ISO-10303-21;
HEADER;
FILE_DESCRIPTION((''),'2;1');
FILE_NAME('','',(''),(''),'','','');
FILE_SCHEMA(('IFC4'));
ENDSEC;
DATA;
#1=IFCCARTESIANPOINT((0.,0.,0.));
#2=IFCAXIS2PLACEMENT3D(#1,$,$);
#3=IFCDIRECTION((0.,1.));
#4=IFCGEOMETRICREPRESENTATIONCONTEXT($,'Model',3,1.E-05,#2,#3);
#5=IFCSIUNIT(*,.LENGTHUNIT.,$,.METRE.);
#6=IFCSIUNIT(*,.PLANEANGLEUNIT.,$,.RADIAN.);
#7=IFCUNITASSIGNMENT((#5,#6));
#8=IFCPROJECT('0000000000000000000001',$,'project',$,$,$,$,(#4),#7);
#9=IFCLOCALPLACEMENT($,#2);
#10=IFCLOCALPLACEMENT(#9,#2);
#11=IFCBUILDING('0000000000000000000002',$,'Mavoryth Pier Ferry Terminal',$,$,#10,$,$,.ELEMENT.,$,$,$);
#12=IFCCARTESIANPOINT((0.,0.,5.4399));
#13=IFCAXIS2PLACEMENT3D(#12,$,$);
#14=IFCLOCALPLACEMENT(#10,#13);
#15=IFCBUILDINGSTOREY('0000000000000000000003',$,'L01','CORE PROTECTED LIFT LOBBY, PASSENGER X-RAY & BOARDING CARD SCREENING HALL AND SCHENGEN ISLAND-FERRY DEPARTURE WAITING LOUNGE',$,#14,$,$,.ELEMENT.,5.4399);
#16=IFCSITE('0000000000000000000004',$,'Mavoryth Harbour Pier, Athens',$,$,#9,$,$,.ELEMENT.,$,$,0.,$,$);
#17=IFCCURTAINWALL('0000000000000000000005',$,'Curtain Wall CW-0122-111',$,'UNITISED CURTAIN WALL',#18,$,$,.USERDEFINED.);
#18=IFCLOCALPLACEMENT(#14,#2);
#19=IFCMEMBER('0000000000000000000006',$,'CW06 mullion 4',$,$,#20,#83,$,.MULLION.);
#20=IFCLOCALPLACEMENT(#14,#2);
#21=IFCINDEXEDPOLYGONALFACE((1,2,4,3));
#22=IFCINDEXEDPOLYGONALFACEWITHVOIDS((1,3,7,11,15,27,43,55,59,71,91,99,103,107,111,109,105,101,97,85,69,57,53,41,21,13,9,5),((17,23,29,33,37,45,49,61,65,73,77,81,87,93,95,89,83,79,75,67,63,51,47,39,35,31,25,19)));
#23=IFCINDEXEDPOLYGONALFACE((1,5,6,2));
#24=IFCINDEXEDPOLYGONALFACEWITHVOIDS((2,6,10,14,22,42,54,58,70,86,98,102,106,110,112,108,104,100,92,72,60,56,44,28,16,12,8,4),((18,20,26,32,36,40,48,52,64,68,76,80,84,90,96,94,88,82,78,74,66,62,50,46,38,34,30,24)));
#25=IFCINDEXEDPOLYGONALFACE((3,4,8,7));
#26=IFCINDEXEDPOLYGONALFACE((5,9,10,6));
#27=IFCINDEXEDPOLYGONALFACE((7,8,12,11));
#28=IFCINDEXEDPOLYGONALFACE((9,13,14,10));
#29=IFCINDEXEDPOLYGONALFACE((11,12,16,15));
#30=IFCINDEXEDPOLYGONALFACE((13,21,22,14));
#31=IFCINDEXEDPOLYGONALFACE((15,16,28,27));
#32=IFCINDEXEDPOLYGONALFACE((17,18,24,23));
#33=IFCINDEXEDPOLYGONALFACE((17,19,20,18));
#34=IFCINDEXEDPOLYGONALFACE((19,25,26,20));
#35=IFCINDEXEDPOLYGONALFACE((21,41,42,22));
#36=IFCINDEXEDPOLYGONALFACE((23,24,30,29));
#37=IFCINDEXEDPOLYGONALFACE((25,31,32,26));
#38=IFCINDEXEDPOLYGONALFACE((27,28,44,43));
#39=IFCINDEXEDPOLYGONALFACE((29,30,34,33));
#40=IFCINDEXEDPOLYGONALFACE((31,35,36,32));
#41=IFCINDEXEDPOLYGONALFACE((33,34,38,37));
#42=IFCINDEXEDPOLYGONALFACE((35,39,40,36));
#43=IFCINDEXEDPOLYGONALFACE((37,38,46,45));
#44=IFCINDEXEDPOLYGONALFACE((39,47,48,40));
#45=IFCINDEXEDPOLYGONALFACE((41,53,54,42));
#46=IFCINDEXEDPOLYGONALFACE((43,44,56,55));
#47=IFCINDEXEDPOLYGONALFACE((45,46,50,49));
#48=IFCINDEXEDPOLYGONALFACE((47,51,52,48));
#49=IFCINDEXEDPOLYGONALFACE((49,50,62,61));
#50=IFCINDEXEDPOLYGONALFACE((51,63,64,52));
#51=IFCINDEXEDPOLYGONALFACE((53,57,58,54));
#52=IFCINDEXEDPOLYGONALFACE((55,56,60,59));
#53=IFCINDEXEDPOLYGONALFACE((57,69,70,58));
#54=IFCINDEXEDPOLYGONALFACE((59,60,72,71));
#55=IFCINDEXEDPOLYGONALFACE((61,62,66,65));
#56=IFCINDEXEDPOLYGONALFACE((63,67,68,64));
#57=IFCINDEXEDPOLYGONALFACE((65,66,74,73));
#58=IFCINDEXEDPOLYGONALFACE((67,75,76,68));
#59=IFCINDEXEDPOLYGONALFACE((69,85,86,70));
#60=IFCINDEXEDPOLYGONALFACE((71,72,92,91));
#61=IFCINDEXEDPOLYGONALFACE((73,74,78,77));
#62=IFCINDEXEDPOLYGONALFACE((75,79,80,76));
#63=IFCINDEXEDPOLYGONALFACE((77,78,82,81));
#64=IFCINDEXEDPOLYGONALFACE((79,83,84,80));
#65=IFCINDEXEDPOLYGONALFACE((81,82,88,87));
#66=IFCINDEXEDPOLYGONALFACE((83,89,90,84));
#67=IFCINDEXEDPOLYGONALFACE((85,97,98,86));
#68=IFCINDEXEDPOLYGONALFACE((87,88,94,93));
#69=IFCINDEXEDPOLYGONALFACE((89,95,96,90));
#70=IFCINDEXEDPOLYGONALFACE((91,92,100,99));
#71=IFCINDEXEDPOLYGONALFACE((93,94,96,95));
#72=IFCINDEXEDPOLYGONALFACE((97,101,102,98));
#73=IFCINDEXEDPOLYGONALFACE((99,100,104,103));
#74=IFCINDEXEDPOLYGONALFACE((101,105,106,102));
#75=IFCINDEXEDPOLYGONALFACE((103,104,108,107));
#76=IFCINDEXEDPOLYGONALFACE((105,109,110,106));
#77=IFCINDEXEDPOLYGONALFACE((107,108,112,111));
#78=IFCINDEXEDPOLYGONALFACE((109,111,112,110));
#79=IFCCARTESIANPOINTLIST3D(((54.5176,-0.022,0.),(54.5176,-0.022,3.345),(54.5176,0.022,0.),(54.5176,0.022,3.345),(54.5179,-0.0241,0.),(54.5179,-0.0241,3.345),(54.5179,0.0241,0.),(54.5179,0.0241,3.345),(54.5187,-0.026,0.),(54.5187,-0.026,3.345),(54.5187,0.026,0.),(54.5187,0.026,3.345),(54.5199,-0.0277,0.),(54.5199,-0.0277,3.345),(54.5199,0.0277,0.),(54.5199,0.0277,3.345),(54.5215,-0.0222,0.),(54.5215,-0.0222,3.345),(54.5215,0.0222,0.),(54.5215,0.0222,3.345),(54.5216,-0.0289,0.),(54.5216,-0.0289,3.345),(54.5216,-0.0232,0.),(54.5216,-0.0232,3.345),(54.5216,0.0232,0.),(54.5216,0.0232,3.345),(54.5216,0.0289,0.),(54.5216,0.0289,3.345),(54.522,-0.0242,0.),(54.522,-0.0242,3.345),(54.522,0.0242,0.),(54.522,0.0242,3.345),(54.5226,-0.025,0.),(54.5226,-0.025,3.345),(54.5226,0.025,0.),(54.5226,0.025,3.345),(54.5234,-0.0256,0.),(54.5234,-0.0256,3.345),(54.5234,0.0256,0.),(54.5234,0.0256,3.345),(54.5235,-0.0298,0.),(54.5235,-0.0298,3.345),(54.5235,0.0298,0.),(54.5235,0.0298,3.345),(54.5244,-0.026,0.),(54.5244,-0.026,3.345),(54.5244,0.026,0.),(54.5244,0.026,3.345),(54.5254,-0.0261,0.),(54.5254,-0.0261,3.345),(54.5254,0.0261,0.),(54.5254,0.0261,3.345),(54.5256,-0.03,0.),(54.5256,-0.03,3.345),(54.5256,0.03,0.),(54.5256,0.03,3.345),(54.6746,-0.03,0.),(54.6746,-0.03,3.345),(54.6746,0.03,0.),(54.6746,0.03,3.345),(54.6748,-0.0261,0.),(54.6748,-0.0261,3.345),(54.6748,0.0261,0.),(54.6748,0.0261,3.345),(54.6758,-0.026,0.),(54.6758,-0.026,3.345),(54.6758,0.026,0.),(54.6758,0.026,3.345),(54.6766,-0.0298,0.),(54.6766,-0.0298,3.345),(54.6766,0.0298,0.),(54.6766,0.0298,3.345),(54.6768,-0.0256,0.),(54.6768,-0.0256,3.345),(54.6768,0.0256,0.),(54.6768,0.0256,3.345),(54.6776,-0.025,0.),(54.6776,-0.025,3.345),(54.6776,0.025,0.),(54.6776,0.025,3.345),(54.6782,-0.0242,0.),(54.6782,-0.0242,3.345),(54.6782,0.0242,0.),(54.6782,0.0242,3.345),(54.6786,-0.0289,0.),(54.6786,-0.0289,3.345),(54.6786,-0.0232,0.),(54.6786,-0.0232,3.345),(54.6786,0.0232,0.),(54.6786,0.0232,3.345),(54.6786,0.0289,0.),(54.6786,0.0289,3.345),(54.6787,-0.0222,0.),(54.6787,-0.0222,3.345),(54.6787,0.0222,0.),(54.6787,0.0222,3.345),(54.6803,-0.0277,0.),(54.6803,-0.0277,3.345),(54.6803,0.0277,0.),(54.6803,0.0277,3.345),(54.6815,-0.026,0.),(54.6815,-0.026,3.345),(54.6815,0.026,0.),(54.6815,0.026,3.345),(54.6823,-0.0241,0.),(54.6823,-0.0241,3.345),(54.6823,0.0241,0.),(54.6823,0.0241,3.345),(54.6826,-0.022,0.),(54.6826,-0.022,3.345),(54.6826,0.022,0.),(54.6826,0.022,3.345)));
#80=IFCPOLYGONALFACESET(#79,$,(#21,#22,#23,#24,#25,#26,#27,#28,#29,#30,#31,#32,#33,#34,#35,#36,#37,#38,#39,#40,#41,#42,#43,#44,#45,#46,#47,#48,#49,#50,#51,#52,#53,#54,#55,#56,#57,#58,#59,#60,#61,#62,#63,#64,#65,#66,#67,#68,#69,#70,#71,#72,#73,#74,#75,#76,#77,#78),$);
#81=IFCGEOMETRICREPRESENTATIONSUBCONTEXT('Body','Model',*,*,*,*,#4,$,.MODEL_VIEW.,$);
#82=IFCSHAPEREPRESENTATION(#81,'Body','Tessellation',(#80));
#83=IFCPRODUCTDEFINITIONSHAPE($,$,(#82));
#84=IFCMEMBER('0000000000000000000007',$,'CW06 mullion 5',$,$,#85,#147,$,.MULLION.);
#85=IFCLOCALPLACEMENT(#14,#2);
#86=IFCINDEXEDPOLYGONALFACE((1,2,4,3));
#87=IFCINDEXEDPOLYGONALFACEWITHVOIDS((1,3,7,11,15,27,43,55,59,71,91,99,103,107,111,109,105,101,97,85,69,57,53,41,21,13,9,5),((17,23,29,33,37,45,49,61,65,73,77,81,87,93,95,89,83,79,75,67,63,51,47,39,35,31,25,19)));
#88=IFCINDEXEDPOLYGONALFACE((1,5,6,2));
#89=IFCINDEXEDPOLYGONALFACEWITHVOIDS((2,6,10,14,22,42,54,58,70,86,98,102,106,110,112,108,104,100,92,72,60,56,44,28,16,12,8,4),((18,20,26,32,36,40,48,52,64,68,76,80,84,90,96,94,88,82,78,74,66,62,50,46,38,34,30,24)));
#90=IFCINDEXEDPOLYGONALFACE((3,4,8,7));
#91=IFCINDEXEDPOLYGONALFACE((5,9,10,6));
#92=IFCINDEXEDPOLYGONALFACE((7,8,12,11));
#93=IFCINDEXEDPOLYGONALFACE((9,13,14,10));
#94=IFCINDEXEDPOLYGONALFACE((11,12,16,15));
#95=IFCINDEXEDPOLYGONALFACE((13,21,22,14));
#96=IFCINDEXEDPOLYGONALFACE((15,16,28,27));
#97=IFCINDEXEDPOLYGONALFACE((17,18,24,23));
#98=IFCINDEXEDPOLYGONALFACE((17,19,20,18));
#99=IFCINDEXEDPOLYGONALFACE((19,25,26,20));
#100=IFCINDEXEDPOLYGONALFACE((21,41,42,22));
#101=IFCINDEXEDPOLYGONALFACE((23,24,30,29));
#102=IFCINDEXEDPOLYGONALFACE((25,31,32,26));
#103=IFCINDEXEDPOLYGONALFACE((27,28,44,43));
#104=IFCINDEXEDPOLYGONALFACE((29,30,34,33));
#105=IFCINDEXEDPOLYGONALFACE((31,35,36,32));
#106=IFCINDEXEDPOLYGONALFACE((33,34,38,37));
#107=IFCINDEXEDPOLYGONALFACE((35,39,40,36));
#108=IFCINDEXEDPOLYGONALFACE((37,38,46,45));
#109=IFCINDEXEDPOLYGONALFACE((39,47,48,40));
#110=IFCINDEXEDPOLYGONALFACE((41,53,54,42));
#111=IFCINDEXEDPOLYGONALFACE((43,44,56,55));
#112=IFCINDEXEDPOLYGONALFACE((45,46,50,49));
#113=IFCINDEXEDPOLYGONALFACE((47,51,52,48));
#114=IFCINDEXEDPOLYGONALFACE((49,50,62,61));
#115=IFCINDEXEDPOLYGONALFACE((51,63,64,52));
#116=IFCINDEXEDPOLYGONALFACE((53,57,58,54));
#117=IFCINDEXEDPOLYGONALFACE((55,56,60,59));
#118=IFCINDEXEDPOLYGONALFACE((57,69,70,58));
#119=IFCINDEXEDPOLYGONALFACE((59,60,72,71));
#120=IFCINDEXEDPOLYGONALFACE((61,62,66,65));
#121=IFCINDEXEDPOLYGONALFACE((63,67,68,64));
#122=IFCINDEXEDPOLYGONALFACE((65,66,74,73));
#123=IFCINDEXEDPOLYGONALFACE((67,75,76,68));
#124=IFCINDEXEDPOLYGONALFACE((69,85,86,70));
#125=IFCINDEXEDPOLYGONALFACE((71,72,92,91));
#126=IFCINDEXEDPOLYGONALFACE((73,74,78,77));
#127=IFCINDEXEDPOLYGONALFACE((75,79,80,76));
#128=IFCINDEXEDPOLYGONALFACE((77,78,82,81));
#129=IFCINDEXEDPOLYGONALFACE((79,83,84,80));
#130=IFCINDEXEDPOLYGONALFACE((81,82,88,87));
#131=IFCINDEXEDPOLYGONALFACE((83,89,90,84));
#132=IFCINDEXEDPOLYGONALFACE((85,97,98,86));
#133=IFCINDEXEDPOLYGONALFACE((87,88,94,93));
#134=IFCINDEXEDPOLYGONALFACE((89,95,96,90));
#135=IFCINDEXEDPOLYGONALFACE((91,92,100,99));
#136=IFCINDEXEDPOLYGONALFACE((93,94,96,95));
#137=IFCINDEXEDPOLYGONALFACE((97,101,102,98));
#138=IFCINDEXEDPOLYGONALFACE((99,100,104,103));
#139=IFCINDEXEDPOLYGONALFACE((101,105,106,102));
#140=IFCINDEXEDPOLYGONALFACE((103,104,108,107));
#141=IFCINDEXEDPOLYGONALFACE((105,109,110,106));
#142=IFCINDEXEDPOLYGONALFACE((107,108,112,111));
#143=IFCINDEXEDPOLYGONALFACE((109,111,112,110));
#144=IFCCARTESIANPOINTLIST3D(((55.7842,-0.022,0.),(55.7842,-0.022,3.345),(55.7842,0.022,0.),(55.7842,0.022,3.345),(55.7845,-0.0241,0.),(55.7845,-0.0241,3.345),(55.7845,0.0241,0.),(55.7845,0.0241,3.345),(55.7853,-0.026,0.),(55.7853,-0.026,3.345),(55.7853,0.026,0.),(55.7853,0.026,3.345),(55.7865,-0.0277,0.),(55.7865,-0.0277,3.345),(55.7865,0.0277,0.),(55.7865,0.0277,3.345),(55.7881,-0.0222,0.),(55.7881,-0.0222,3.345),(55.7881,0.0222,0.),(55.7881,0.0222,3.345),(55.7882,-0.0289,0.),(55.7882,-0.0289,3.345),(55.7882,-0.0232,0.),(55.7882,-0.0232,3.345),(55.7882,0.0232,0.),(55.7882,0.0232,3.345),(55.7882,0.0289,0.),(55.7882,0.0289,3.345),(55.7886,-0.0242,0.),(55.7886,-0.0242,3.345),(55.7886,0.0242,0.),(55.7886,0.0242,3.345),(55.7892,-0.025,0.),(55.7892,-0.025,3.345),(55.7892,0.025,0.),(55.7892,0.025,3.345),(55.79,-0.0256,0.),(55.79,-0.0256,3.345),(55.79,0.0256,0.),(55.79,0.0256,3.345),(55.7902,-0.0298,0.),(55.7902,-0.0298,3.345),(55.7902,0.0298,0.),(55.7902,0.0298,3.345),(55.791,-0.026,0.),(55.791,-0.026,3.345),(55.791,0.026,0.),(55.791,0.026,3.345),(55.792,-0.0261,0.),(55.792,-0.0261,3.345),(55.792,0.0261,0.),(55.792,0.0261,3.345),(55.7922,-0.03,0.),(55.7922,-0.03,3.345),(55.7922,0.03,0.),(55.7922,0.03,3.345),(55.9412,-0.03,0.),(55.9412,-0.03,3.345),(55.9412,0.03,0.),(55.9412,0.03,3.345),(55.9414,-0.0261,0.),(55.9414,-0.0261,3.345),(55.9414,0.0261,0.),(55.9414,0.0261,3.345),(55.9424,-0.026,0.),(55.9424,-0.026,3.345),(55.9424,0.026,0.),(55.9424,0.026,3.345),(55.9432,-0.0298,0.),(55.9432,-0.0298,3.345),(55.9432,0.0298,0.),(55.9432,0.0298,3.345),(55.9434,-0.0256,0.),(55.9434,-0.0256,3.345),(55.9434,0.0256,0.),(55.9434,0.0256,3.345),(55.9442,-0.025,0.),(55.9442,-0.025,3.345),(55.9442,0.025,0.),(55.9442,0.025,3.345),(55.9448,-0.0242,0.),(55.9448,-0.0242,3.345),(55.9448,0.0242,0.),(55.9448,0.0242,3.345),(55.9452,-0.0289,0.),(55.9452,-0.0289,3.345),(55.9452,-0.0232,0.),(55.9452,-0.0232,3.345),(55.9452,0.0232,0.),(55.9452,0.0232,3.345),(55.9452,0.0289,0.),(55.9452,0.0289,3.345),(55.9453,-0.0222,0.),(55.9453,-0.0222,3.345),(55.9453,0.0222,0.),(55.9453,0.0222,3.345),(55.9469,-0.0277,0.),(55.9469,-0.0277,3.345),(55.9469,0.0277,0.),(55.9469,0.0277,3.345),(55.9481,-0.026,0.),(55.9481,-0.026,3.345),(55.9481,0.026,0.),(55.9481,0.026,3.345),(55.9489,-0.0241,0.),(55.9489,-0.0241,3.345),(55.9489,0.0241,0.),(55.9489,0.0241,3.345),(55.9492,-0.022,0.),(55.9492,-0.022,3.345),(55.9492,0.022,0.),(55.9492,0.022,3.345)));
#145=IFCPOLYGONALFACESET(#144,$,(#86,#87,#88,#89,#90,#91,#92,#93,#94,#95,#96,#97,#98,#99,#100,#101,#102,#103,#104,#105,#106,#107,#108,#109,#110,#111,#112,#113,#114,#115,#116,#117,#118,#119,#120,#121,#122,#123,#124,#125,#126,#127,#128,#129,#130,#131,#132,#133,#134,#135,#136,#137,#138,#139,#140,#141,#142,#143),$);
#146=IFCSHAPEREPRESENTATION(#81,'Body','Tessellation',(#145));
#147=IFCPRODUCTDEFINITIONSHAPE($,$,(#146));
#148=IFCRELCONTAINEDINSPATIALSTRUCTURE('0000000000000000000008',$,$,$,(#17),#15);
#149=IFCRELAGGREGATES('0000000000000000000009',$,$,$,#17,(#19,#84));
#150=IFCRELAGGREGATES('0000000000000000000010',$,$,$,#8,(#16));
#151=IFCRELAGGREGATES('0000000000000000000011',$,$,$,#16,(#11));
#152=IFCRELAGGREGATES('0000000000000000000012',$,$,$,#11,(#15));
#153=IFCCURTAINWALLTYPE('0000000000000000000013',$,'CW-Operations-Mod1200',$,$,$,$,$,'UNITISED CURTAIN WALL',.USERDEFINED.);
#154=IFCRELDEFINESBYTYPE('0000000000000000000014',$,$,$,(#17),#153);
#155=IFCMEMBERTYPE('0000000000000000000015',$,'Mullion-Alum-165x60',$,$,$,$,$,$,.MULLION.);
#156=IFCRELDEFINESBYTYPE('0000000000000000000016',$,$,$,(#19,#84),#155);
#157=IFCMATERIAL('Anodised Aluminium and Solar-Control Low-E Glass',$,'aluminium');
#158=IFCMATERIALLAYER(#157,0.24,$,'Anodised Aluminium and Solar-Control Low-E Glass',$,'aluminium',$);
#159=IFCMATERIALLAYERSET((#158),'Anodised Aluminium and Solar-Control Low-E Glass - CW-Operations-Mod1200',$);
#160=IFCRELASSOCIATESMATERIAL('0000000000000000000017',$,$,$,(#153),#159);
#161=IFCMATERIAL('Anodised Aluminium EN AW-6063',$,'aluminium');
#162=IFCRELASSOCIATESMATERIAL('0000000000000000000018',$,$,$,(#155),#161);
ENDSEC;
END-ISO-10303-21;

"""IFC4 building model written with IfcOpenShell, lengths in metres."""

from ifc_helpers import new_model, si_unit, direction, frame, origin, origin_2d, place, context, subcontext, project, spatial, hollow_rectangle, extrude, material, layer, layer_set, material_profile, profile_set, type_object, element, aggregate, save


model = new_model("IFC4")

# Units and contexts
model_context = context("Model", 3, precision=1e-05, world=origin(), true_north=direction((0.0, 1.0)))
body_context = subcontext(model_context, "Body", "Model", "MODEL_VIEW")
ifc_project = project(units=[si_unit("LENGTHUNIT", "METRE"), si_unit("PLANEANGLEUNIT", "RADIAN")], contexts=[model_context])

# Site, building, storey
site_placement = place(None, origin())
site = spatial("IfcSite", under=ifc_project, at=site_placement, Name="Mavoryth Harbour Pier, Athens", CompositionType="ELEMENT", RefElevation=0.0)
building_placement = place(site_placement, origin())
building = spatial("IfcBuilding", under=site, at=building_placement, Name="Mavoryth Pier Ferry Terminal", CompositionType="ELEMENT")
storey_placement = place(building_placement, frame((0.0, 0.0, 5.4399)))
storey = spatial("IfcBuildingStorey", under=building, at=storey_placement, Name="L01", Description="CORE PROTECTED LIFT LOBBY, PASSENGER X-RAY & BOARDING CARD SCREENING HALL AND SCHENGEN ISLAND-FERRY DEPARTURE WAITING LOUNGE", CompositionType="ELEMENT", Elevation=5.4399)

# Curtain wall, members
ifc_material_1 = material(Name="Anodised Aluminium and Solar-Control Low-E Glass", Category="aluminium")
ifc_layer_1 = layer(ifc_material_1, 0.24, Name="Anodised Aluminium and Solar-Control Low-E Glass", Category="aluminium")
ifc_layer_set_1 = layer_set([ifc_layer_1], Name="Anodised Aluminium and Solar-Control Low-E Glass - CW-Operations-Mod1200")
curtain_wall_type = type_object("IfcCurtainWallType", Name="CW-Operations-Mod1200", ElementType="UNITISED CURTAIN WALL", PredefinedType="USERDEFINED", material=ifc_layer_set_1)
curtain_wall_placement = place(storey_placement, origin())
curtain_wall = element("IfcCurtainWall", 1, at=curtain_wall_placement, inside=storey, type_object=curtain_wall_type, Name="Curtain Wall CW-0122-111", ObjectType="UNITISED CURTAIN WALL", PredefinedType="USERDEFINED")
ifc_material_2 = material(Name="Anodised Aluminium EN AW-6063", Category="aluminium")
ifc_material_profile_1 = material_profile(ifc_material_2, hollow_rectangle(XDim=0.0601, YDim=0.165, WallThickness=0.0039, InnerFilletRadius=0.0039, OuterFilletRadius=0.0081, at=origin_2d()), Name="AL-MULL 165x60x4", Category="aluminium")
ifc_profile_set_1 = profile_set([ifc_material_profile_1], Name="Anodised Aluminium EN AW-6063 - AL-MULL 165x60x4")
member_type_1 = type_object("IfcMemberType", Name="Mullion-Alum-165x60", PredefinedType="MULLION", material=ifc_profile_set_1)
member_1_placement = place(storey_placement, frame((54.6001, 0.0, 0.0), z_axis=(0.0, 0.0, 1.0), x_axis=(0.0, 1.0, 0.0)))
member_1 = element("IfcMember", 2, at=member_1_placement, type_object=member_type_1, Name="CW06 mullion 4", PredefinedType="MULLION", context=body_context, shape_type="SweptSolid", body=[
    extrude(hollow_rectangle(XDim=0.0601, YDim=0.165, WallThickness=0.0039, InnerFilletRadius=0.0039, OuterFilletRadius=0.0081, at=origin_2d()), origin(), (0.0, 0.0, 1.0), 3.345),
])
member_2_placement = place(storey_placement, frame((55.8667, 0.0, 0.0), z_axis=(0.0, 0.0, 1.0), x_axis=(0.0, 1.0, 0.0)))
member_2 = element("IfcMember", 3, at=member_2_placement, type_object=member_type_1, Name="CW06 mullion 5", PredefinedType="MULLION", context=body_context, shape_type="SweptSolid", body=[
    extrude(hollow_rectangle(XDim=0.0601, YDim=0.165, WallThickness=0.0039, InnerFilletRadius=0.0039, OuterFilletRadius=0.0081, at=origin_2d()), origin(), (0.0, 0.0, 1.0), 3.345),
])
aggregate(curtain_wall, [member_1, member_2])

save(model, "model.ifc")
